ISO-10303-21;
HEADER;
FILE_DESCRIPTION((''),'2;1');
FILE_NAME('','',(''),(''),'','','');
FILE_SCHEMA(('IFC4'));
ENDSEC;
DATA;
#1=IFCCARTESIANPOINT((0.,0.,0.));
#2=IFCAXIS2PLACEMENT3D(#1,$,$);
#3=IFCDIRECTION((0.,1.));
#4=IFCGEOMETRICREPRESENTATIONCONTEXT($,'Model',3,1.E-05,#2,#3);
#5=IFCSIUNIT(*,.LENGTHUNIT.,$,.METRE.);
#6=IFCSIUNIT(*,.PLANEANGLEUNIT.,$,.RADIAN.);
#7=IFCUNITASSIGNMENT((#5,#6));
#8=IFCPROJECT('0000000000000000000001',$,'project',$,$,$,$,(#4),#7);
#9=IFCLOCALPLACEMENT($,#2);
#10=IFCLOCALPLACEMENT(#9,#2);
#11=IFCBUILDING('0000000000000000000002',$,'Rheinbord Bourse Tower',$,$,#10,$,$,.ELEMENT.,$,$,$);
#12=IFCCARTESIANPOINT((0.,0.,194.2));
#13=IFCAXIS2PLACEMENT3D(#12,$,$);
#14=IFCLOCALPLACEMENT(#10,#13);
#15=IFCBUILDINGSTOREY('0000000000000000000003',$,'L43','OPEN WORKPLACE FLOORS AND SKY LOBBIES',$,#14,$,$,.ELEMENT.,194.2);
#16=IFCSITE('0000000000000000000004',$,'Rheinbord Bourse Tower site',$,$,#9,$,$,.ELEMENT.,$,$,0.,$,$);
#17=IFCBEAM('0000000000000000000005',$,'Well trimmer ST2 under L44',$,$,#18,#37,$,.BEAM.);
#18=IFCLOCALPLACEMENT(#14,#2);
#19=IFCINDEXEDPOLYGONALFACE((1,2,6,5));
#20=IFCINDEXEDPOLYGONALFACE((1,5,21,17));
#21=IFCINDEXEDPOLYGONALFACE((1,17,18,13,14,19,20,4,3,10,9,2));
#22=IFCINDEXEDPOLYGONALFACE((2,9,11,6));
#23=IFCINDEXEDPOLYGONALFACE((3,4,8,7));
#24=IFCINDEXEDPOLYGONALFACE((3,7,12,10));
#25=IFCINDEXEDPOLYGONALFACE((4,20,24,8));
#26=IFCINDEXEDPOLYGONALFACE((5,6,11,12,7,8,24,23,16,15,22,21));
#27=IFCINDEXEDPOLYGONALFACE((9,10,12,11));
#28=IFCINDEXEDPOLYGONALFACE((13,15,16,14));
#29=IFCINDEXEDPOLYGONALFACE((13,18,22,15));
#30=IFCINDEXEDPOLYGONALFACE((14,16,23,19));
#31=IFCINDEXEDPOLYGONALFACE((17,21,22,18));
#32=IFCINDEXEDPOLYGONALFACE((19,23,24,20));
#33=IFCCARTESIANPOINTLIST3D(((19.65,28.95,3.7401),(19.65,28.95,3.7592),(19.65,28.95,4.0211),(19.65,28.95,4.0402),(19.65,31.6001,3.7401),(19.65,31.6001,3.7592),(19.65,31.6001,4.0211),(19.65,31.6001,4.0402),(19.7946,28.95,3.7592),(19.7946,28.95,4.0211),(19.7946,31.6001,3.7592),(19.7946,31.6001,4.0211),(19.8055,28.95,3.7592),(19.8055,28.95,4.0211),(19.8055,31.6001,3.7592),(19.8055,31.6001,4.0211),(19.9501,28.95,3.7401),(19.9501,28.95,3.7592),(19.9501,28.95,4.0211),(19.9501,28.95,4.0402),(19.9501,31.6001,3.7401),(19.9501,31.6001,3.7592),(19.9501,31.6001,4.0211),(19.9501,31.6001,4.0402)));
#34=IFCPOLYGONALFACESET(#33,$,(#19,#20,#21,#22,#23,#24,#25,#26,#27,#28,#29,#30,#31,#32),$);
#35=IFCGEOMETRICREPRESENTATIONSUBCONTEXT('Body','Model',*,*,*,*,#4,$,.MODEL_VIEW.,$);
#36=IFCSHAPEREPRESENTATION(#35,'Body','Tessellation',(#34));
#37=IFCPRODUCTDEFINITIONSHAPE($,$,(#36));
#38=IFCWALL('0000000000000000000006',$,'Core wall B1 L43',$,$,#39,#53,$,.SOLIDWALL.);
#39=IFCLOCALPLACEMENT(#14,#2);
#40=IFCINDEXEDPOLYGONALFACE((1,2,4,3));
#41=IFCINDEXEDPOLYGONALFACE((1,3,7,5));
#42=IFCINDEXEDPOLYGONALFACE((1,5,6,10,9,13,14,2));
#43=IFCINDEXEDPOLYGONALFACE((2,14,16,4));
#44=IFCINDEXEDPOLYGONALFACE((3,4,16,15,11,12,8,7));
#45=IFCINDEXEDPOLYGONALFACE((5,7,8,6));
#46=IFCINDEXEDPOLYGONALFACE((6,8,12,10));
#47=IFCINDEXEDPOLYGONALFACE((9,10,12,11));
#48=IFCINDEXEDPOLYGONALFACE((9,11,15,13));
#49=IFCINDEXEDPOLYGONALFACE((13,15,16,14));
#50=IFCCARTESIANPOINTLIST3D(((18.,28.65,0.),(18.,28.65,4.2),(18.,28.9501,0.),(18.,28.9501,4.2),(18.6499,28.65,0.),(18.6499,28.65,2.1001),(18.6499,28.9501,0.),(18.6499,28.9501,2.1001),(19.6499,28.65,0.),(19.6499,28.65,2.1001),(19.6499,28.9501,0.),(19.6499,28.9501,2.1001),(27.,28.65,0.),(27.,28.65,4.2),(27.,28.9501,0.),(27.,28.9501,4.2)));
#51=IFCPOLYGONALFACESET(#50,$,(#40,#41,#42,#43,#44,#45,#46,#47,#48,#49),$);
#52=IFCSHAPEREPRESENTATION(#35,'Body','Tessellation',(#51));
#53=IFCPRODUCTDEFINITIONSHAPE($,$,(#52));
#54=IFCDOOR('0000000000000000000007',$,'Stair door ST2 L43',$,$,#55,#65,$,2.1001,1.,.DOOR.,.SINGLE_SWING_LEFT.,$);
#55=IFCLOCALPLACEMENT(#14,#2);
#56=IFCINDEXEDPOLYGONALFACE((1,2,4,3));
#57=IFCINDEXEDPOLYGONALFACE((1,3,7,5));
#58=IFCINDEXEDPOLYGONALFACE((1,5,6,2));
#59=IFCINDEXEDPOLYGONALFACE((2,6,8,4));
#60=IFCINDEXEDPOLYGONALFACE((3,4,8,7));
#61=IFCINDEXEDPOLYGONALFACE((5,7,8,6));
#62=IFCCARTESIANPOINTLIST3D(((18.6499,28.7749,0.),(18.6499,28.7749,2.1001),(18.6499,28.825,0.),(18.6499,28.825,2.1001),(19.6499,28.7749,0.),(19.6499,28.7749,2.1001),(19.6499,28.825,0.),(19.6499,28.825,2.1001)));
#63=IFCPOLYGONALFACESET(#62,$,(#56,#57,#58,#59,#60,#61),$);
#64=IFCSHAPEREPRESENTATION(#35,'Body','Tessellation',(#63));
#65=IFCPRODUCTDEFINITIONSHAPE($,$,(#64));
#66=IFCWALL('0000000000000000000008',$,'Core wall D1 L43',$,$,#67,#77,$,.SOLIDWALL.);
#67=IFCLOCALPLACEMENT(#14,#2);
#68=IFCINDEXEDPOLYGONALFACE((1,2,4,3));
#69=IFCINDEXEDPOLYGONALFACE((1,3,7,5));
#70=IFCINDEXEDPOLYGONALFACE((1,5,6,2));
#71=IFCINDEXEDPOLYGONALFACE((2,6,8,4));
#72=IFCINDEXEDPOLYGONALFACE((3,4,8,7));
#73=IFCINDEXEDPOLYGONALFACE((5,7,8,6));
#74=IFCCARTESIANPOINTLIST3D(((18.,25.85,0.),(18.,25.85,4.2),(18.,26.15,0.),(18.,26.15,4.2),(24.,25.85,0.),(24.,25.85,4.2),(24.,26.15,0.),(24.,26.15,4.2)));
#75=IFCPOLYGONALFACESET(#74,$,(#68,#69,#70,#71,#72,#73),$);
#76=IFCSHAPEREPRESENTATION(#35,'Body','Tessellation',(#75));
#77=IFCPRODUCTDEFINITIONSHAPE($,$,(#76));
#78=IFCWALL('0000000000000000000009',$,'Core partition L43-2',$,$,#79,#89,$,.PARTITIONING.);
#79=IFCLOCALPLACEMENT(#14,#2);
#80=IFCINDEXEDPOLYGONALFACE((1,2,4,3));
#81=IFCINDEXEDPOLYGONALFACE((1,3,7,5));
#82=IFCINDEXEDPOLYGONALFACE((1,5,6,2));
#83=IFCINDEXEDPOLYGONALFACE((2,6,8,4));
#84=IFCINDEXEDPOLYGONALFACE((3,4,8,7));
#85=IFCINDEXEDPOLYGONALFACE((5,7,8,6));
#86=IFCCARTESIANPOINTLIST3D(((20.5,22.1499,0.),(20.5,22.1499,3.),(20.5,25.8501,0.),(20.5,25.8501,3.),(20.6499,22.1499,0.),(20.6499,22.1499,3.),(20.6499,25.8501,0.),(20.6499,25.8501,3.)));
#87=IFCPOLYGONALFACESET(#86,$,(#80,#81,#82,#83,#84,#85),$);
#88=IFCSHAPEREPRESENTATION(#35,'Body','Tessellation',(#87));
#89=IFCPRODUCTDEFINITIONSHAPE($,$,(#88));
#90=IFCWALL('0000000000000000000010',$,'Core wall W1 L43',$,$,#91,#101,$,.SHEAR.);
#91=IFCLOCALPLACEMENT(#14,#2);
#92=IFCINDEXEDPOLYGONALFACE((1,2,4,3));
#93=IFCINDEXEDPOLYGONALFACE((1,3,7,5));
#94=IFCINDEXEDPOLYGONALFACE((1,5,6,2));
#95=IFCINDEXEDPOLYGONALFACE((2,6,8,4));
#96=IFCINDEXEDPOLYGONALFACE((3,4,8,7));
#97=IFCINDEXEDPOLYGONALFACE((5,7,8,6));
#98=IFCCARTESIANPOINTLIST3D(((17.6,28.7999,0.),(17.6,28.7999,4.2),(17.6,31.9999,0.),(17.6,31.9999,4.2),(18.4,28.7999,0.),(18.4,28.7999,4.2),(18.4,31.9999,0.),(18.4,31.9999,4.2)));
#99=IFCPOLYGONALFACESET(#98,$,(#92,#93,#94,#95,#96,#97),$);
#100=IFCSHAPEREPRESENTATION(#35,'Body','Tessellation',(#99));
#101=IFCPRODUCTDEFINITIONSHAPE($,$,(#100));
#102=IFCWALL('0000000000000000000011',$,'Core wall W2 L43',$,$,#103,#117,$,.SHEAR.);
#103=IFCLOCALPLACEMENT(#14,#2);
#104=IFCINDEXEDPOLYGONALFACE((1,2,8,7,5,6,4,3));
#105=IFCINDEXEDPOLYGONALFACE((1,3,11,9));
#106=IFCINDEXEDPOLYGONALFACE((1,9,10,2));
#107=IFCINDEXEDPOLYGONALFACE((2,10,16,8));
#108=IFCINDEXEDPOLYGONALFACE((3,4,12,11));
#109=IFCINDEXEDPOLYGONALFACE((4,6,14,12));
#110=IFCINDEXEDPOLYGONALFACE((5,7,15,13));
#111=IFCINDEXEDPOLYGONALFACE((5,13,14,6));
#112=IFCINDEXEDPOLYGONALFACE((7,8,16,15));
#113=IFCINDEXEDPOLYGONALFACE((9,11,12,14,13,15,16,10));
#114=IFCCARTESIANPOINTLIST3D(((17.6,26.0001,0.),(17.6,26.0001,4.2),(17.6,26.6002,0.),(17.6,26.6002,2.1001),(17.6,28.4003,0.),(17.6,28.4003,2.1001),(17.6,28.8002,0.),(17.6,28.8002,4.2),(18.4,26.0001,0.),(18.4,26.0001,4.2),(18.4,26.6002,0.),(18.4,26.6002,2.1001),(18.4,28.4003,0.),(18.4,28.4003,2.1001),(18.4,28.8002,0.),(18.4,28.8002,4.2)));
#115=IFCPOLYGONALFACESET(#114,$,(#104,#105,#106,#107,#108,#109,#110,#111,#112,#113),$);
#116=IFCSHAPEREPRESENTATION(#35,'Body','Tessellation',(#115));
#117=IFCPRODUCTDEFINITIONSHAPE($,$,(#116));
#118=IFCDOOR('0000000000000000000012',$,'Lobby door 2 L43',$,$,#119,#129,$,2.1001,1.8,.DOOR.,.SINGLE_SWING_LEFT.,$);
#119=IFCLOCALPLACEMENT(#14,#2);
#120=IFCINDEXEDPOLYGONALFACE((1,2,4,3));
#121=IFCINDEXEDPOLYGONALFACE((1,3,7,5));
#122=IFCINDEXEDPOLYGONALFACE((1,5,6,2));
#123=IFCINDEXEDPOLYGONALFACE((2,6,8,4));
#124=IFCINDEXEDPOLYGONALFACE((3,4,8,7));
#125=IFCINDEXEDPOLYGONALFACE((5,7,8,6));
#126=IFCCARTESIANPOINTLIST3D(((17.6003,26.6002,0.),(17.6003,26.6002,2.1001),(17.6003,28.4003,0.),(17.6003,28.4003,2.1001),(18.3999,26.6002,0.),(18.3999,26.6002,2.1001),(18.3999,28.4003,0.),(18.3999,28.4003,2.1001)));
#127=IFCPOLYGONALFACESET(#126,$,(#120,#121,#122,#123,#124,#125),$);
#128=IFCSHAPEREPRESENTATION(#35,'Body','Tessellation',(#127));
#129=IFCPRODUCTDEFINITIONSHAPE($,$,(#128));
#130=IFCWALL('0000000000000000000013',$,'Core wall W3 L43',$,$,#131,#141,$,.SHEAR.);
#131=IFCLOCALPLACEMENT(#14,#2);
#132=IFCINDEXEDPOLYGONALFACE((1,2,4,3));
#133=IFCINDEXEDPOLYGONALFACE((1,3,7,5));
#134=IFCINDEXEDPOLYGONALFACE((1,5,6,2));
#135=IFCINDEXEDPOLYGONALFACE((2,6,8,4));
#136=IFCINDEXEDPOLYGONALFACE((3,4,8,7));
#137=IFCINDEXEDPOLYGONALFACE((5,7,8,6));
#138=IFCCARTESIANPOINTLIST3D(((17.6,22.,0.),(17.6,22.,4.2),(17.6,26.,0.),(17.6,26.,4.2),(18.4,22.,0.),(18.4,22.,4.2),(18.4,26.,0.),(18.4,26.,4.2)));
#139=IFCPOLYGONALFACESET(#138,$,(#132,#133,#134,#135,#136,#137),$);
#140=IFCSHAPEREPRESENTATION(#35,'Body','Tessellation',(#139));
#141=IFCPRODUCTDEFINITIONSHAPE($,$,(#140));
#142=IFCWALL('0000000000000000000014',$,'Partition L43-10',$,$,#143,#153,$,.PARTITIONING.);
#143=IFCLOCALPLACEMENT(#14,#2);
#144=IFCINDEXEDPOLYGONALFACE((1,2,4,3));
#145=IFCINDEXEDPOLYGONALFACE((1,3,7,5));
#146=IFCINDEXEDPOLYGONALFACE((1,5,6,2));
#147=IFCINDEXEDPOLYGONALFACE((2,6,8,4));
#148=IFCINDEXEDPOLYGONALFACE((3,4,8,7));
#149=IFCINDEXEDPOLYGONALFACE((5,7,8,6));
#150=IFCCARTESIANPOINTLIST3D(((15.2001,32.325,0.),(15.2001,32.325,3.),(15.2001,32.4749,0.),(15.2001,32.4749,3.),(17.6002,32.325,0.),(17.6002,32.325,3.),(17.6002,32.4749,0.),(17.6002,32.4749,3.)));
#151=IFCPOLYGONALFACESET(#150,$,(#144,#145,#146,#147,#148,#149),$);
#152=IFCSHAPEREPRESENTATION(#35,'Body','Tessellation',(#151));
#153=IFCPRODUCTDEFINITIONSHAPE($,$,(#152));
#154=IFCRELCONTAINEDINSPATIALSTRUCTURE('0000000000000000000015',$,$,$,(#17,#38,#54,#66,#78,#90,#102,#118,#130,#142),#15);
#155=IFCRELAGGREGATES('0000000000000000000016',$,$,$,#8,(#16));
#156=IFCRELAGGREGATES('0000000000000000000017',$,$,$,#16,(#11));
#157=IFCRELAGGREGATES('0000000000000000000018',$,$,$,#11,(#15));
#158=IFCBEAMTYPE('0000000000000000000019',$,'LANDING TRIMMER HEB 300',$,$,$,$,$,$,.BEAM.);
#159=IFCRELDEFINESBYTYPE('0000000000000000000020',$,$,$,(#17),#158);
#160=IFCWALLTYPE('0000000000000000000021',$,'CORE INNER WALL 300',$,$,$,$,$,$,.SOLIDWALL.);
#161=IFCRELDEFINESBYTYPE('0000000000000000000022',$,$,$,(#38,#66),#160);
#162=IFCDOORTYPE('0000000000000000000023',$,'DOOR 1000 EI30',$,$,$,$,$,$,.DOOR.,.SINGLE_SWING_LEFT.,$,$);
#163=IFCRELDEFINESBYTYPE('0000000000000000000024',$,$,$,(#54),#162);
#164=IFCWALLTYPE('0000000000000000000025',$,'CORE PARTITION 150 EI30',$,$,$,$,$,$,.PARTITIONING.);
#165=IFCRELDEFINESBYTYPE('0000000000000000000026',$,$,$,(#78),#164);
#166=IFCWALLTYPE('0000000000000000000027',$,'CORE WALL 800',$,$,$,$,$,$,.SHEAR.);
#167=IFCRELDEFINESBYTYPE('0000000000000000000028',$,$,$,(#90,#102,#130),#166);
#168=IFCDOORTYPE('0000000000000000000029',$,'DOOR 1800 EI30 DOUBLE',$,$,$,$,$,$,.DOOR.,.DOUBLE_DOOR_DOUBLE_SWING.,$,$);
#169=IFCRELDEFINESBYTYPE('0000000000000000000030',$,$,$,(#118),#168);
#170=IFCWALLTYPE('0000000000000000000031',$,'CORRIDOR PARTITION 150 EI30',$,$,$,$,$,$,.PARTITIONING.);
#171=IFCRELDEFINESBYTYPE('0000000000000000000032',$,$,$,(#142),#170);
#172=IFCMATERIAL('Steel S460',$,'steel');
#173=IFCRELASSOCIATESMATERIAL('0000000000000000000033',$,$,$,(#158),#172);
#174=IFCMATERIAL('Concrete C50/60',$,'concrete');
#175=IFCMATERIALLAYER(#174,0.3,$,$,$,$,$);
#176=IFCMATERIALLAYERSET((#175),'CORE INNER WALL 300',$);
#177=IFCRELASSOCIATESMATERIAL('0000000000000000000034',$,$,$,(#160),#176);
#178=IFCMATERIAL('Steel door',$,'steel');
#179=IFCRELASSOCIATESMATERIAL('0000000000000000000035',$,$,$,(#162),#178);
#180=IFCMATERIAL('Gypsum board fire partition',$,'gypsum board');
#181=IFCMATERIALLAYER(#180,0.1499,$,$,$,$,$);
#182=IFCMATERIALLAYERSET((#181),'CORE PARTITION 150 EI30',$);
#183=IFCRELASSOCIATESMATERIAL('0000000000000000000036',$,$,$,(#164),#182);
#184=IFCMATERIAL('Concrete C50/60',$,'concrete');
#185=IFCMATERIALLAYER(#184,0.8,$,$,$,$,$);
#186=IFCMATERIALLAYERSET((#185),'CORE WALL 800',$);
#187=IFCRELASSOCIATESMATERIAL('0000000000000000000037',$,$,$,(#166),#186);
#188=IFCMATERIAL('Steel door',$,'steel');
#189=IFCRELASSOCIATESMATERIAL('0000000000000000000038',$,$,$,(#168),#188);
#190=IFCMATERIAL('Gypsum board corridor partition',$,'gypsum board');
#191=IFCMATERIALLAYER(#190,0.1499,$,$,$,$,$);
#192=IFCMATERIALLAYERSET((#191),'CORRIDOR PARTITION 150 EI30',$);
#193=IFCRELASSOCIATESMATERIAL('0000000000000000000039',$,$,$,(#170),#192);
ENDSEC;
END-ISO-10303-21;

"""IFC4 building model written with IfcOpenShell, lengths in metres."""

from ifc_helpers import new_model, si_unit, direction, frame, frame_2d, origin, origin_2d, place, context, subcontext, project, spatial, rectangle, i_section, extrude, material, layer, layer_set, material_profile, profile_set, type_object, element, fill, save


model = new_model("IFC4")

# Units and contexts
model_context = context("Model", 3, precision=1e-05, world=origin(), true_north=direction((0.0, 1.0)))
body_context = subcontext(model_context, "Body", "Model", "MODEL_VIEW")
ifc_project = project(units=[si_unit("LENGTHUNIT", "METRE"), si_unit("PLANEANGLEUNIT", "RADIAN")], contexts=[model_context])

# Site, building, storey
site_placement = place(None, origin())
site = spatial("IfcSite", under=ifc_project, at=site_placement, Name="Rheinbord Bourse Tower site", CompositionType="ELEMENT", RefElevation=0.0)
building_placement = place(site_placement, origin())
building = spatial("IfcBuilding", under=site, at=building_placement, Name="Rheinbord Bourse Tower", CompositionType="ELEMENT")
storey_placement = place(building_placement, frame((0.0, 0.0, 194.2)))
storey = spatial("IfcBuildingStorey", under=building, at=storey_placement, Name="L43", Description="OPEN WORKPLACE FLOORS AND SKY LOBBIES", CompositionType="ELEMENT", Elevation=194.2)

# Beam
ifc_material_1 = material(Name="Steel S460", Category="steel")
ifc_material_profile = material_profile(ifc_material_1, i_section(OverallWidth=0.3, OverallDepth=0.3, WebThickness=0.011, FlangeThickness=0.019, at=origin_2d()), Name="HEB 300")
ifc_profile_set = profile_set([ifc_material_profile], Name="Steel S460")
beam_type = type_object("IfcBeamType", Name="LANDING TRIMMER HEB 300", PredefinedType="BEAM", material=ifc_profile_set)
beam_placement = place(storey_placement, frame((19.8, 28.95, 3.8901), z_axis=(0.0, 1.0, 0.0), x_axis=(-1.0, 0.0, 0.0)))
element("IfcBeam", 1, at=beam_placement, inside=storey, type_object=beam_type, Name="Well trimmer ST2 under L44", PredefinedType="BEAM", context=body_context, shape_type="SweptSolid", body=[
    extrude(i_section(OverallWidth=0.3, OverallDepth=0.3, WebThickness=0.011, FlangeThickness=0.019, at=origin_2d()), origin(), (0.0, 0.0, 1.0), 2.6501),
])

# Wall, opening, door
ifc_material_2 = material(Name="Concrete C50/60", Category="concrete")
ifc_layer_1 = layer(ifc_material_2, 0.3)
ifc_layer_set_1 = layer_set([ifc_layer_1], Name="CORE INNER WALL 300")
wall_type_1 = type_object("IfcWallType", Name="CORE INNER WALL 300", PredefinedType="SOLIDWALL", material=ifc_layer_set_1)
wall_1_placement = place(storey_placement, frame((18.0, 28.8, 0.0), z_axis=(0.0, 0.0, 1.0), x_axis=(1.0, 0.0, 0.0)))
wall_1 = element("IfcWall", 2, at=wall_1_placement, inside=storey, type_object=wall_type_1, Name="Core wall B1 L43", PredefinedType="SOLIDWALL", context=body_context, shape_type="SweptSolid", body=[
    extrude(rectangle(XDim=9.0, YDim=0.3, at=frame_2d((4.5, 0.0))), origin(), (0.0, 0.0, 1.0), 4.2),
])
opening_1_placement = place(wall_1_placement, frame((0.6499, 0.0, 0.0)))
opening_1 = element("IfcOpeningElement", 3, at=opening_1_placement, cuts=wall_1, PredefinedType="OPENING", context=body_context, shape_type="SweptSolid", body=[
    extrude(rectangle(XDim=1.0, YDim=2.1001, at=frame_2d((0.5, 1.05))), frame((0.0, 0.1599, 0.0), z_axis=(0.0, -1.0, 0.0), x_axis=(1.0, 0.0, 0.0)), (0.0, 0.0, 1.0), 0.3201),
])
ifc_material_3 = material(Name="Steel door", Category="steel")
door_type_1 = type_object("IfcDoorType", Name="DOOR 1000 EI30", OperationType="SINGLE_SWING_LEFT", PredefinedType="DOOR", material=ifc_material_3)
door_1_placement = place(opening_1_placement, origin())
door_1 = element("IfcDoor", 4, at=door_1_placement, inside=storey, type_object=door_type_1, Name="Stair door ST2 L43", OperationType="SINGLE_SWING_LEFT", OverallHeight=2.1001, OverallWidth=1.0, PredefinedType="DOOR", context=body_context, shape_type="SweptSolid", body=[
    extrude(rectangle(XDim=1.0, YDim=2.1001, at=frame_2d((0.5, 1.05))), frame((0.0, 0.0249, 0.0), z_axis=(0.0, -1.0, 0.0), x_axis=(1.0, 0.0, 0.0)), (0.0, 0.0, 1.0), 0.05),
])
fill(opening_1, door_1)

# Walls
wall_2_placement = place(storey_placement, frame((18.0, 26.0, 0.0), z_axis=(0.0, 0.0, 1.0), x_axis=(1.0, 0.0, 0.0)))
element("IfcWall", 5, at=wall_2_placement, inside=storey, type_object=wall_type_1, Name="Core wall D1 L43", PredefinedType="SOLIDWALL", context=body_context, shape_type="SweptSolid", body=[
    extrude(rectangle(XDim=6.0, YDim=0.3, at=frame_2d((3.0, 0.0))), origin(), (0.0, 0.0, 1.0), 4.2),
])
ifc_material_4 = material(Name="Gypsum board fire partition", Category="gypsum board")
ifc_layer_2 = layer(ifc_material_4, 0.1499)
ifc_layer_set_2 = layer_set([ifc_layer_2], Name="CORE PARTITION 150 EI30")
wall_type_2 = type_object("IfcWallType", Name="CORE PARTITION 150 EI30", PredefinedType="PARTITIONING", material=ifc_layer_set_2)
wall_3_placement = place(storey_placement, frame((20.575, 22.1499, 0.0), z_axis=(0.0, 0.0, 1.0), x_axis=(0.0, 1.0, 0.0)))
element("IfcWall", 6, at=wall_3_placement, inside=storey, type_object=wall_type_2, Name="Core partition L43-2", PredefinedType="PARTITIONING", context=body_context, shape_type="SweptSolid", body=[
    extrude(rectangle(XDim=3.7002, YDim=0.1499, at=frame_2d((1.8501, 0.0))), origin(), (0.0, 0.0, 1.0), 3.0),
])
ifc_material_5 = material(Name="Concrete C50/60", Category="concrete")
ifc_layer_3 = layer(ifc_material_5, 0.8)
ifc_layer_set_3 = layer_set([ifc_layer_3], Name="CORE WALL 800")
wall_type_3 = type_object("IfcWallType", Name="CORE WALL 800", PredefinedType="SHEAR", material=ifc_layer_set_3)
wall_4_placement = place(storey_placement, frame((18.0, 32.0, 0.0), z_axis=(0.0, 0.0, 1.0), x_axis=(0.0, -1.0, 0.0)))
element("IfcWall", 7, at=wall_4_placement, inside=storey, type_object=wall_type_3, Name="Core wall W1 L43", PredefinedType="SHEAR", context=body_context, shape_type="SweptSolid", body=[
    extrude(rectangle(XDim=3.2, YDim=0.8, at=frame_2d((1.6001, 0.0))), origin(), (0.0, 0.0, 1.0), 4.2),
])

# Wall, opening, door
wall_5_placement = place(storey_placement, frame((18.0, 28.8, 0.0), z_axis=(0.0, 0.0, 1.0), x_axis=(0.0, -1.0, 0.0)))
wall_5 = element("IfcWall", 8, at=wall_5_placement, inside=storey, type_object=wall_type_3, Name="Core wall W2 L43", PredefinedType="SHEAR", context=body_context, shape_type="SweptSolid", body=[
    extrude(rectangle(XDim=2.8, YDim=0.8, at=frame_2d((1.3999, 0.0))), origin(), (0.0, 0.0, 1.0), 4.2),
])
opening_2_placement = place(wall_5_placement, frame((0.3999, 0.0, 0.0)))
opening_2 = element("IfcOpeningElement", 9, at=opening_2_placement, cuts=wall_5, PredefinedType="OPENING", context=body_context, shape_type="SweptSolid", body=[
    extrude(rectangle(XDim=1.8, YDim=2.1001, at=frame_2d((0.8999, 1.05))), frame((0.0, 0.4099, 0.0), z_axis=(0.0, -1.0, 0.0), x_axis=(1.0, 0.0, 0.0)), (0.0, 0.0, 1.0), 0.8201),
])
ifc_material_6 = material(Name="Steel door", Category="steel")
door_type_2 = type_object("IfcDoorType", Name="DOOR 1800 EI30 DOUBLE", OperationType="DOUBLE_DOOR_DOUBLE_SWING", PredefinedType="DOOR", material=ifc_material_6)
door_2_placement = place(opening_2_placement, origin())
door_2 = element("IfcDoor", 10, at=door_2_placement, inside=storey, type_object=door_type_2, Name="Lobby door 2 L43", OperationType="SINGLE_SWING_LEFT", OverallHeight=2.1001, OverallWidth=1.8, PredefinedType="DOOR", context=body_context, shape_type="SweptSolid", body=[
    extrude(rectangle(XDim=1.8, YDim=2.1001, at=frame_2d((0.8999, 1.05))), frame((0.0, 0.3999, 0.0), z_axis=(0.0, -1.0, 0.0), x_axis=(1.0, 0.0, 0.0)), (0.0, 0.0, 1.0), 0.7996),
])
fill(opening_2, door_2)

# Walls
wall_6_placement = place(storey_placement, frame((18.0, 26.0, 0.0), z_axis=(0.0, 0.0, 1.0), x_axis=(0.0, -1.0, 0.0)))
element("IfcWall", 11, at=wall_6_placement, inside=storey, type_object=wall_type_3, Name="Core wall W3 L43", PredefinedType="SHEAR", context=body_context, shape_type="SweptSolid", body=[
    extrude(rectangle(XDim=4.0, YDim=0.8, at=frame_2d((2.0, 0.0))), origin(), (0.0, 0.0, 1.0), 4.2),
])
ifc_material_7 = material(Name="Gypsum board corridor partition", Category="gypsum board")
ifc_layer_4 = layer(ifc_material_7, 0.1499)
ifc_layer_set_4 = layer_set([ifc_layer_4], Name="CORRIDOR PARTITION 150 EI30")
wall_type_4 = type_object("IfcWallType", Name="CORRIDOR PARTITION 150 EI30", PredefinedType="PARTITIONING", material=ifc_layer_set_4)
wall_7_placement = place(storey_placement, frame((15.2, 32.3999, 0.0), z_axis=(0.0, 0.0, 1.0), x_axis=(1.0, 0.0, 0.0)))
element("IfcWall", 12, at=wall_7_placement, inside=storey, type_object=wall_type_4, Name="Partition L43-10", PredefinedType="PARTITIONING", context=body_context, shape_type="SweptSolid", body=[
    extrude(rectangle(XDim=2.4001, YDim=0.1499, at=frame_2d((1.2002, 0.0))), origin(), (0.0, 0.0, 1.0), 3.0),
])

save(model, "model.ifc")
